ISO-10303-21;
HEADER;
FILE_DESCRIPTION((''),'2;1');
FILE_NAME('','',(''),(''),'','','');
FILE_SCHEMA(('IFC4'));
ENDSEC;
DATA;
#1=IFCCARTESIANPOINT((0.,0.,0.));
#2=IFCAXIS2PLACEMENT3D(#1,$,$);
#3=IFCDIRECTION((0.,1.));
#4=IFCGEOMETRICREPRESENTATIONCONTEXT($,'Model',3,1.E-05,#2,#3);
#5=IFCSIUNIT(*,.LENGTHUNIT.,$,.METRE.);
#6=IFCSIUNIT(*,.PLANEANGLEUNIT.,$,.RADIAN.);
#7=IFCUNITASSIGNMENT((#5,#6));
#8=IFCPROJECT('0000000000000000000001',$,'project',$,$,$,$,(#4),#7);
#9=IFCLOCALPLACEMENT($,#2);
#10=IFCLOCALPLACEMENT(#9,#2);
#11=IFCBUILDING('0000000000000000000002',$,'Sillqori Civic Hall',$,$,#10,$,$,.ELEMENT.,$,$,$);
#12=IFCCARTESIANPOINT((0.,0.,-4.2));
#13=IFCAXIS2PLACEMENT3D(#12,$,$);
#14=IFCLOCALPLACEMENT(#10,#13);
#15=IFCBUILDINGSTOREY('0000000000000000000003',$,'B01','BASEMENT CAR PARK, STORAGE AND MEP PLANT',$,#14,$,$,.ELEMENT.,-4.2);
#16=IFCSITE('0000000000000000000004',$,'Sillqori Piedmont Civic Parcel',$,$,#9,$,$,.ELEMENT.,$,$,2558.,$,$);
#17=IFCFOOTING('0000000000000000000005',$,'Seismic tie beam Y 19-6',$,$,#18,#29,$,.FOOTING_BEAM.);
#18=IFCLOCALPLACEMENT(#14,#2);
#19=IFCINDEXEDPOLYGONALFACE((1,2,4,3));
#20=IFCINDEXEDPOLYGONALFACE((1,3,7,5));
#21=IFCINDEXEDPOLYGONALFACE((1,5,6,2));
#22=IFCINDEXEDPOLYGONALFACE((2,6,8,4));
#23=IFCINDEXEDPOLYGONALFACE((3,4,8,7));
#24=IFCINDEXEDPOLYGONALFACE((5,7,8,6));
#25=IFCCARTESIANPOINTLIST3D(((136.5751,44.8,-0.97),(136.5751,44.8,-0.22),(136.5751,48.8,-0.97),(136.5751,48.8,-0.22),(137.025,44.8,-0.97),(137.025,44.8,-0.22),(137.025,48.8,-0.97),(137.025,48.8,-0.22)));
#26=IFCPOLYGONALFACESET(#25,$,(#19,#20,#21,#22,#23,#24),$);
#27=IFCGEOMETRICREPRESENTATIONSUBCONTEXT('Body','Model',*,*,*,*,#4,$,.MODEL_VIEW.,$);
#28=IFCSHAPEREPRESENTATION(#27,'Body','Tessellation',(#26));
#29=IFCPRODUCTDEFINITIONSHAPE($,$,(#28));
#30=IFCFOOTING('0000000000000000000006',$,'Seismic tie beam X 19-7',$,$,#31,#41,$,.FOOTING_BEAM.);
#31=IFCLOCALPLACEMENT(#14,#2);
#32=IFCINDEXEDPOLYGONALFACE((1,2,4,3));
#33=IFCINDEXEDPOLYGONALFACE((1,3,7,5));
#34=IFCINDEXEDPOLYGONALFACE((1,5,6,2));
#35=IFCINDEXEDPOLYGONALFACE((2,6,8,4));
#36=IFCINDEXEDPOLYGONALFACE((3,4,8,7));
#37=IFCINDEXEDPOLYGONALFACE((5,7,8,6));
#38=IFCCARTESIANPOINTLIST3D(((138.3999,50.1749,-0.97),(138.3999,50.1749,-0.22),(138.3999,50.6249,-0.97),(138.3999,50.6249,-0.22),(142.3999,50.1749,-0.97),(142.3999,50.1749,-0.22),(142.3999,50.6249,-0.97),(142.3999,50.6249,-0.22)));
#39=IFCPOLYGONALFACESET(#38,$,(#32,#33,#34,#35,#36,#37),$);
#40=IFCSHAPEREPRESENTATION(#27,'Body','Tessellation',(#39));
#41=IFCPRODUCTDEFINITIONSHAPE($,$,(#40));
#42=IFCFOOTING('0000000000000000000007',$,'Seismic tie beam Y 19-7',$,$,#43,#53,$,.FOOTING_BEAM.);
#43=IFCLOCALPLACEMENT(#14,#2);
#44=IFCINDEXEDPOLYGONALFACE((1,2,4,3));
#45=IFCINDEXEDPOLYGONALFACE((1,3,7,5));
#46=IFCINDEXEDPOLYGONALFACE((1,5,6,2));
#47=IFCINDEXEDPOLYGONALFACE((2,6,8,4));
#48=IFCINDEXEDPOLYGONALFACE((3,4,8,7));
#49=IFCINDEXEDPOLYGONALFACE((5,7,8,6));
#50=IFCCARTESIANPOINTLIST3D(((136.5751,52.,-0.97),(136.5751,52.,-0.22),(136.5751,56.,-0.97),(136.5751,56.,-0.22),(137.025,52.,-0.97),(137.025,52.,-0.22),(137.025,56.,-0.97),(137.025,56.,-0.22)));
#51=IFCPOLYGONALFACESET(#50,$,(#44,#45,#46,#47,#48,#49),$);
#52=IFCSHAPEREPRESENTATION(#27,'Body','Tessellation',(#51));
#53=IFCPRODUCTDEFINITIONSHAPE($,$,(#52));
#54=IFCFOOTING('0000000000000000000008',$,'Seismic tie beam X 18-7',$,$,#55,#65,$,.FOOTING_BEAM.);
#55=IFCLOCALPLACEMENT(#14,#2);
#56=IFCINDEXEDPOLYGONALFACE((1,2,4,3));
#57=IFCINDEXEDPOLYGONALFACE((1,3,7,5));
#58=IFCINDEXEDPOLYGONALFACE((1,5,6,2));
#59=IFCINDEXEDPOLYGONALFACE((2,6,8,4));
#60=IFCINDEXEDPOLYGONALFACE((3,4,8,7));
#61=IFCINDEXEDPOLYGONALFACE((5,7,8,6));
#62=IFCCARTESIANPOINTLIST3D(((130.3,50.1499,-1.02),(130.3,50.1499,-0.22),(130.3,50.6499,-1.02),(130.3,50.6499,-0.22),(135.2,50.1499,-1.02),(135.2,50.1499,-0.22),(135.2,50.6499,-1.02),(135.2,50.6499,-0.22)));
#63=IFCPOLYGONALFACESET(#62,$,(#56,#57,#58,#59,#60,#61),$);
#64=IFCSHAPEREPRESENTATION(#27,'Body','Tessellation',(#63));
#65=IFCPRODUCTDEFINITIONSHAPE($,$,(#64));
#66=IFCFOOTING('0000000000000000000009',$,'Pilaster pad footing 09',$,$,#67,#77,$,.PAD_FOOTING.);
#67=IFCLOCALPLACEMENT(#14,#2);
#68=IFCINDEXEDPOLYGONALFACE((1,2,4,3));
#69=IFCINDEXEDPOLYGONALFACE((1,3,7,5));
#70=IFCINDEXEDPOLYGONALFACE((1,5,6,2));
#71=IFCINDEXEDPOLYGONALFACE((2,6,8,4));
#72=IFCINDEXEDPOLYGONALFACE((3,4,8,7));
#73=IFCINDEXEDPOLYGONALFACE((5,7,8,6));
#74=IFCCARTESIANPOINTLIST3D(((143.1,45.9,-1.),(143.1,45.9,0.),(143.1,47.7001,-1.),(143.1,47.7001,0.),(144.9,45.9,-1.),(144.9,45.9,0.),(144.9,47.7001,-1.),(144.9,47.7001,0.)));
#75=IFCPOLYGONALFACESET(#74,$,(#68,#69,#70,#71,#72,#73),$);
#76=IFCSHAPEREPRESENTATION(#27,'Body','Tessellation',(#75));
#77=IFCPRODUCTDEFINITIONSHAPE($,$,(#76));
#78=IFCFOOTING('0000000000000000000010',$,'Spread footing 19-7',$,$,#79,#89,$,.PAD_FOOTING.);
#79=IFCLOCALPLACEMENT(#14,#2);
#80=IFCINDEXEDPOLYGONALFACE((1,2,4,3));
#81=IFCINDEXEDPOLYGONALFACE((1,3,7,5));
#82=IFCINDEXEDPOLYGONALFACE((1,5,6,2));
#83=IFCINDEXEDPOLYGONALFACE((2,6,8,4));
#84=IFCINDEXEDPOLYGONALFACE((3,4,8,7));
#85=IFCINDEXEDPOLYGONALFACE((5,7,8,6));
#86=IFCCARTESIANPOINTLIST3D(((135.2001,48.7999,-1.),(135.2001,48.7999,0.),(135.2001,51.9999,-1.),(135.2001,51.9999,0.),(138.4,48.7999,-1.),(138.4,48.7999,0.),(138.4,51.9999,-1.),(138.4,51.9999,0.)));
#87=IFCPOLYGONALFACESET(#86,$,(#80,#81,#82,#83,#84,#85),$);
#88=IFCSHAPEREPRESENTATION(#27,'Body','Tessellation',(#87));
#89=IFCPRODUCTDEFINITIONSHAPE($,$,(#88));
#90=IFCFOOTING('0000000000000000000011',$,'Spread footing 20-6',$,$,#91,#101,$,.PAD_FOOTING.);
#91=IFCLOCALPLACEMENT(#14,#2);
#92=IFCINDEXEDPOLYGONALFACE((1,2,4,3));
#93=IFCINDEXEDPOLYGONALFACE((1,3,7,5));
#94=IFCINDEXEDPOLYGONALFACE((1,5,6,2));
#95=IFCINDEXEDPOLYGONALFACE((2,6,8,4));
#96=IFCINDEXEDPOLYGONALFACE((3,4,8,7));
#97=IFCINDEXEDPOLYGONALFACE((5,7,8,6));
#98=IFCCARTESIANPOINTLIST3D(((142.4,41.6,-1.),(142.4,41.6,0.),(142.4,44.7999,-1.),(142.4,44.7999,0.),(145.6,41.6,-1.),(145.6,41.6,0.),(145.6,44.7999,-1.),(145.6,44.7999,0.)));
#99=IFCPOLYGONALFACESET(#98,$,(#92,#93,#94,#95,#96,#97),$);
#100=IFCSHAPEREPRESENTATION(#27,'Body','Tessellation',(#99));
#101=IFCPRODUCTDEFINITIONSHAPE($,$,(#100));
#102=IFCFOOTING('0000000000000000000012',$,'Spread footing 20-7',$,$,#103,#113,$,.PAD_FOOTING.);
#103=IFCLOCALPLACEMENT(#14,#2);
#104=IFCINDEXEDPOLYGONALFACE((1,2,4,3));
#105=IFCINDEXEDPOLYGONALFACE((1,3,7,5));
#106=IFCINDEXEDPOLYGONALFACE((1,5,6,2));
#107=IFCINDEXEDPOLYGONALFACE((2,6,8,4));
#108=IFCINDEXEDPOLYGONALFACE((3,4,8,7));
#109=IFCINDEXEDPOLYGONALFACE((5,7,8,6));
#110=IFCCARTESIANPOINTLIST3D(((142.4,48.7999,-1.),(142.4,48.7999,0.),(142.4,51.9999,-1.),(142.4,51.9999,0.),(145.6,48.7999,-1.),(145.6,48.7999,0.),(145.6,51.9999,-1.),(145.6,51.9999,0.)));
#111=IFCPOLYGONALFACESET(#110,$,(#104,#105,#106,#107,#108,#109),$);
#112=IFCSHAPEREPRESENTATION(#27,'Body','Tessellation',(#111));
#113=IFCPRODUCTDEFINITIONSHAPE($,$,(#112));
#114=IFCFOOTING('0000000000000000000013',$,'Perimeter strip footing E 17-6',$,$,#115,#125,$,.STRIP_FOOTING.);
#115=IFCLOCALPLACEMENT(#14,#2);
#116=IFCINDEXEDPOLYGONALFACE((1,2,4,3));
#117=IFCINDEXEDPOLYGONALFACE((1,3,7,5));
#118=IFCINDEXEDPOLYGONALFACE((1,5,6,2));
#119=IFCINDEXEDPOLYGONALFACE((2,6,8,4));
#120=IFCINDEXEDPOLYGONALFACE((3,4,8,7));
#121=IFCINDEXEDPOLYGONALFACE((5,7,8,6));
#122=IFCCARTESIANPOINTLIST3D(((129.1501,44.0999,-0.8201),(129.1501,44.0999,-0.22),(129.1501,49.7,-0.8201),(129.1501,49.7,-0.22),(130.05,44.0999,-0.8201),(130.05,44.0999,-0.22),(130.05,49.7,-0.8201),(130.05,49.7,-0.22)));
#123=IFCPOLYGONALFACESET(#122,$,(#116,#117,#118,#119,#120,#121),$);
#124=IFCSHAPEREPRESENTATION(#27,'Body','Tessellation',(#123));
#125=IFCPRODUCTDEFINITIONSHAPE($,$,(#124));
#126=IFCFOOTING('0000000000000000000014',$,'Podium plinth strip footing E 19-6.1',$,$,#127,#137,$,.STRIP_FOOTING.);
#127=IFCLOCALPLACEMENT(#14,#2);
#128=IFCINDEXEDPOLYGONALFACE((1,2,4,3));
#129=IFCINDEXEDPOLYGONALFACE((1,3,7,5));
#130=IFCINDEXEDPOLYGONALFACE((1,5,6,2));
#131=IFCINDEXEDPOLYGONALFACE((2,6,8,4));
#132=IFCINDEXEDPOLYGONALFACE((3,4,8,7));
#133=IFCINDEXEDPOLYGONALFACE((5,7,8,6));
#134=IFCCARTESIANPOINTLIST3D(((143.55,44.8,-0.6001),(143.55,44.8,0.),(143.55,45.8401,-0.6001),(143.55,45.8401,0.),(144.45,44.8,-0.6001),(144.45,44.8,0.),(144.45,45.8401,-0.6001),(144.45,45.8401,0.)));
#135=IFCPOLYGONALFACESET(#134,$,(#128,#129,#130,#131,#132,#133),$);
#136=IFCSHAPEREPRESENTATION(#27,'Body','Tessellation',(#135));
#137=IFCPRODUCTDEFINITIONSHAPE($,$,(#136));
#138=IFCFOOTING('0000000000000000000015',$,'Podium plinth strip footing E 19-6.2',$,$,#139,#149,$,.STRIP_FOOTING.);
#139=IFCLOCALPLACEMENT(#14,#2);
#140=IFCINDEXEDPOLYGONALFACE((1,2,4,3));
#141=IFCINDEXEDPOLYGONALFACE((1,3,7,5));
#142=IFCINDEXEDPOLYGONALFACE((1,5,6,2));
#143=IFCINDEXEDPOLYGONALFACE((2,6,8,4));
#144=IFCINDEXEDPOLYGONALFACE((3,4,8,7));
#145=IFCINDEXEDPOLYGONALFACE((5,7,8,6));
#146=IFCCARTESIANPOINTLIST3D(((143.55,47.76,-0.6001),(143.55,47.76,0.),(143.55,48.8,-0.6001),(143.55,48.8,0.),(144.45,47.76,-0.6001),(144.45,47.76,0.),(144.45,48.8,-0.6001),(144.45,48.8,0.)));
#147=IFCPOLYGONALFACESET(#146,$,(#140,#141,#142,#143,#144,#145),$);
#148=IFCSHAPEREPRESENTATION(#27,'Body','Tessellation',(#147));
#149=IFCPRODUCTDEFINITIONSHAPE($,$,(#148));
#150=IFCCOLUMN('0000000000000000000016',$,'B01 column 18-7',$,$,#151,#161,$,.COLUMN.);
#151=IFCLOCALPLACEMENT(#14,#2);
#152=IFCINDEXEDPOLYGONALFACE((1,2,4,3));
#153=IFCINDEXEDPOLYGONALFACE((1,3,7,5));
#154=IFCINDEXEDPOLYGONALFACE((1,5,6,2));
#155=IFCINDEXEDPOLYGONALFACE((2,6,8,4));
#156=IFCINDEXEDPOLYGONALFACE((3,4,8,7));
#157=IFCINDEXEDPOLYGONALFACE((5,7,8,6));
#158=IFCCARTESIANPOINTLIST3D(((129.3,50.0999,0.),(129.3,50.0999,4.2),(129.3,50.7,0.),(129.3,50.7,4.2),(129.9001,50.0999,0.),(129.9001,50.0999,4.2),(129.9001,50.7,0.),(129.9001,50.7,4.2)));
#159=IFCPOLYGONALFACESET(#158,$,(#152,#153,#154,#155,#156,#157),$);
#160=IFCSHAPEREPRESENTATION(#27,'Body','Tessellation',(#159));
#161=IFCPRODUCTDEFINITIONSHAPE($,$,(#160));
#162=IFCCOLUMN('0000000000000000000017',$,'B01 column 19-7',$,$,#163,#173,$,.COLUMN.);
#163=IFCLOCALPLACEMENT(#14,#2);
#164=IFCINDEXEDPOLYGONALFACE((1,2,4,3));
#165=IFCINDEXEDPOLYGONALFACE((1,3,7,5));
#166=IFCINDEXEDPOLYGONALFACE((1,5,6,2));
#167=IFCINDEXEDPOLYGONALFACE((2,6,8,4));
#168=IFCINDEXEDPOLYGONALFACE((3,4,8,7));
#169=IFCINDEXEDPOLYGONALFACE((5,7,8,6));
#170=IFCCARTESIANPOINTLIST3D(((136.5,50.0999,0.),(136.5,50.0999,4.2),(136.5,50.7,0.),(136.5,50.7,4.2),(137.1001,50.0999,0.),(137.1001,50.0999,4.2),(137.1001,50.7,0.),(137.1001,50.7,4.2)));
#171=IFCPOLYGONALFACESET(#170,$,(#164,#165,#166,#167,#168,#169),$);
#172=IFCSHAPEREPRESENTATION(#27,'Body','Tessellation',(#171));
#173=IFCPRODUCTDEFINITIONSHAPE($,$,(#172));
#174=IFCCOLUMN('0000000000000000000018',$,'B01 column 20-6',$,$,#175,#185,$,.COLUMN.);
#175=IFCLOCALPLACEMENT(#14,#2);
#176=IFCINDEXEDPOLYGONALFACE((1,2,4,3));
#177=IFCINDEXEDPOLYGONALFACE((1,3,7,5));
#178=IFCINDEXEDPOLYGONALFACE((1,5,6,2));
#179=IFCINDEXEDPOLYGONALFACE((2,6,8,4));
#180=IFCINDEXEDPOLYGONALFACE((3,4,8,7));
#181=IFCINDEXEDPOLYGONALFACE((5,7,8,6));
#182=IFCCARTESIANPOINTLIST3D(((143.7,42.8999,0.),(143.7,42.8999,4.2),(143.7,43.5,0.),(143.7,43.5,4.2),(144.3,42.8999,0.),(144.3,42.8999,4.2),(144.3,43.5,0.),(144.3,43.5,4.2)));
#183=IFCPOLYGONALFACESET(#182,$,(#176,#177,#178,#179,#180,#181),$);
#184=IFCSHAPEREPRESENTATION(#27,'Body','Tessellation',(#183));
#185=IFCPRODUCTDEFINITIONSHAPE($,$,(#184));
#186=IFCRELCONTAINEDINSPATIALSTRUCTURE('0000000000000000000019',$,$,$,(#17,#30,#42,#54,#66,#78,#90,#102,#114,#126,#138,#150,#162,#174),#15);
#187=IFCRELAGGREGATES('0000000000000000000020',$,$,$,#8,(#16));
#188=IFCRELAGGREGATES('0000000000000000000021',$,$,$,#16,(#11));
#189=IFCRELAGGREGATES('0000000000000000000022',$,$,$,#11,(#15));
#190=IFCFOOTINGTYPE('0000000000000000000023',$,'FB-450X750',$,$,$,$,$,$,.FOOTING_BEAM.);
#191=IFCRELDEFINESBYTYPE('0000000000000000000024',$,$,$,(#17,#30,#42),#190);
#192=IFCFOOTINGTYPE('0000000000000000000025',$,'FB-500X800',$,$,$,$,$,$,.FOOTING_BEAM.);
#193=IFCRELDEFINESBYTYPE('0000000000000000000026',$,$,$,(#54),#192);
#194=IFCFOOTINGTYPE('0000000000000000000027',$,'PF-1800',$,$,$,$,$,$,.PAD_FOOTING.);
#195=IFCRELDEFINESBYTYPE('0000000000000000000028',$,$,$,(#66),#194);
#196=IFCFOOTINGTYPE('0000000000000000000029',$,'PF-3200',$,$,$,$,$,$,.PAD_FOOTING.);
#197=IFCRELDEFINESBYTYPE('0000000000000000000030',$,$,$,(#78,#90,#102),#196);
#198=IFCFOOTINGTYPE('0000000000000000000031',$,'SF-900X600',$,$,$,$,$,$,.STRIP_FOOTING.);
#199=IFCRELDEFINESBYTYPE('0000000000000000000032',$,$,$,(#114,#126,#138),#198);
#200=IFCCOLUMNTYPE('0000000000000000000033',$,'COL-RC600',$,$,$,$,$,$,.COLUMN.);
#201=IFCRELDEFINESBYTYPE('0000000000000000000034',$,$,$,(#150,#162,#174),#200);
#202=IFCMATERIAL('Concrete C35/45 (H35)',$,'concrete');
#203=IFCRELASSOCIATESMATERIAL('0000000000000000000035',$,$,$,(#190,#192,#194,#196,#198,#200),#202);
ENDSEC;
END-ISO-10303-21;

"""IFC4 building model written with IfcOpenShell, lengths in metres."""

from ifc_helpers import new_model, si_unit, direction, frame, origin, origin_2d, place, context, subcontext, project, spatial, rectangle, extrude, material, material_profile, profile_set, type_object, element, save


model = new_model("IFC4")

# Units and contexts
model_context = context("Model", 3, precision=1e-05, world=origin(), true_north=direction((0.0, 1.0)))
body_context = subcontext(model_context, "Body", "Model", "MODEL_VIEW")
ifc_project = project(units=[si_unit("LENGTHUNIT", "METRE"), si_unit("PLANEANGLEUNIT", "RADIAN")], contexts=[model_context])

# Site, building, storey
site_placement = place(None, origin())
site = spatial("IfcSite", under=ifc_project, at=site_placement, Name="Sillqori Piedmont Civic Parcel", CompositionType="ELEMENT", RefElevation=2558.0)
building_placement = place(site_placement, origin())
building = spatial("IfcBuilding", under=site, at=building_placement, Name="Sillqori Civic Hall", CompositionType="ELEMENT")
storey_placement = place(building_placement, frame((0.0, 0.0, -4.2)))
storey = spatial("IfcBuildingStorey", under=building, at=storey_placement, Name="B01", Description="BASEMENT CAR PARK, STORAGE AND MEP PLANT", CompositionType="ELEMENT", Elevation=-4.2)

# Footings
ifc_material_1 = material(Name="Concrete C35/45 (H35)", Category="concrete")
footing_type_1 = type_object("IfcFootingType", Name="FB-450X750", PredefinedType="FOOTING_BEAM", material=ifc_material_1)
footing_1_placement = place(storey_placement, frame((136.8, 46.8, -0.97), z_axis=(0.0, 0.0, 1.0), x_axis=(1.0, 0.0, 0.0)))
element("IfcFooting", 1, at=footing_1_placement, inside=storey, type_object=footing_type_1, Name="Seismic tie beam Y 19-6", PredefinedType="FOOTING_BEAM", context=body_context, shape_type="SweptSolid", body=[
    extrude(rectangle(XDim=0.45, YDim=4.0, at=origin_2d()), origin(), (0.0, 0.0, 1.0), 0.75),
])
footing_2_placement = place(storey_placement, frame((140.3999, 50.3999, -0.97), z_axis=(0.0, 0.0, 1.0), x_axis=(1.0, 0.0, 0.0)))
element("IfcFooting", 2, at=footing_2_placement, inside=storey, type_object=footing_type_1, Name="Seismic tie beam X 19-7", PredefinedType="FOOTING_BEAM", context=body_context, shape_type="SweptSolid", body=[
    extrude(rectangle(XDim=4.0, YDim=0.45, at=origin_2d()), origin(), (0.0, 0.0, 1.0), 0.75),
])
footing_3_placement = place(storey_placement, frame((136.8, 54.0, -0.97), z_axis=(0.0, 0.0, 1.0), x_axis=(1.0, 0.0, 0.0)))
element("IfcFooting", 3, at=footing_3_placement, inside=storey, type_object=footing_type_1, Name="Seismic tie beam Y 19-7", PredefinedType="FOOTING_BEAM", context=body_context, shape_type="SweptSolid", body=[
    extrude(rectangle(XDim=0.45, YDim=4.0, at=origin_2d()), origin(), (0.0, 0.0, 1.0), 0.75),
])
footing_type_2 = type_object("IfcFootingType", Name="FB-500X800", PredefinedType="FOOTING_BEAM", material=ifc_material_1)
footing_4_placement = place(storey_placement, frame((132.75, 50.3999, -1.02), z_axis=(0.0, 0.0, 1.0), x_axis=(1.0, 0.0, 0.0)))
element("IfcFooting", 4, at=footing_4_placement, inside=storey, type_object=footing_type_2, Name="Seismic tie beam X 18-7", PredefinedType="FOOTING_BEAM", context=body_context, shape_type="SweptSolid", body=[
    extrude(rectangle(XDim=4.8999, YDim=0.5, at=origin_2d()), origin(), (0.0, 0.0, 1.0), 0.8),
])
footing_type_3 = type_object("IfcFootingType", Name="PF-1800", PredefinedType="PAD_FOOTING", material=ifc_material_1)
footing_5_placement = place(storey_placement, frame((144.0, 46.8, -1.0), z_axis=(0.0, 0.0, 1.0), x_axis=(1.0, 0.0, 0.0)))
element("IfcFooting", 5, at=footing_5_placement, inside=storey, type_object=footing_type_3, Name="Pilaster pad footing 09", PredefinedType="PAD_FOOTING", context=body_context, shape_type="SweptSolid", body=[
    extrude(rectangle(XDim=1.8, YDim=1.8, at=origin_2d()), origin(), (0.0, 0.0, 1.0), 1.0),
])
footing_type_4 = type_object("IfcFootingType", Name="PF-3200", PredefinedType="PAD_FOOTING", material=ifc_material_1)
for number, where, z_axis, x_axis, name in (
    (6, (136.8, 50.3999, -1.0), (0.0, 0.0, 1.0), (1.0, 0.0, 0.0), "Spread footing 19-7"),
    (7, (144.0, 43.2, -1.0), (0.0, 0.0, 1.0), (1.0, 0.0, 0.0), "Spread footing 20-6"),
    (8, (144.0, 50.3999, -1.0), (0.0, 0.0, 1.0), (1.0, 0.0, 0.0), "Spread footing 20-7"),
):
    element("IfcFooting", number, at=place(storey_placement, frame(where, z_axis=z_axis, x_axis=x_axis)), inside=storey, type_object=footing_type_4, Name=name, PredefinedType="PAD_FOOTING", context=body_context, shape_type="SweptSolid", body=[
        extrude(rectangle(XDim=3.2, YDim=3.2, at=origin_2d()), origin(), (0.0, 0.0, 1.0), 1.0),
    ])
footing_type_5 = type_object("IfcFootingType", Name="SF-900X600", PredefinedType="STRIP_FOOTING", material=ifc_material_1)
footing_6_placement = place(storey_placement, frame((129.6001, 46.8999, -0.8201), z_axis=(0.0, 0.0, 1.0), x_axis=(1.0, 0.0, 0.0)))
element("IfcFooting", 9, at=footing_6_placement, inside=storey, type_object=footing_type_5, Name="Perimeter strip footing E 17-6", PredefinedType="STRIP_FOOTING", context=body_context, shape_type="SweptSolid", body=[
    extrude(rectangle(XDim=0.8999, YDim=5.6001, at=origin_2d()), origin(), (0.0, 0.0, 1.0), 0.6001),
])
for number, where, z_axis, x_axis, name in (
    (10, (144.0, 45.3201, -0.6001), (0.0, 0.0, 1.0), (1.0, 0.0, 0.0), "Podium plinth strip footing E 19-6.1"),
    (11, (144.0, 48.28, -0.6001), (0.0, 0.0, 1.0), (1.0, 0.0, 0.0), "Podium plinth strip footing E 19-6.2"),
):
    element("IfcFooting", number, at=place(storey_placement, frame(where, z_axis=z_axis, x_axis=x_axis)), inside=storey, type_object=footing_type_5, Name=name, PredefinedType="STRIP_FOOTING", context=body_context, shape_type="SweptSolid", body=[
        extrude(rectangle(XDim=0.8999, YDim=1.04, at=origin_2d()), origin(), (0.0, 0.0, 1.0), 0.6001),
    ])

# Columns
ifc_material_profile_1 = material_profile(ifc_material_1, rectangle(XDim=0.6001, YDim=0.6001, at=origin_2d()), Name="RC 600x600")
ifc_profile_set_1 = profile_set([ifc_material_profile_1], Name="Concrete C35/45 (H35)")
column_type_1 = type_object("IfcColumnType", Name="COL-RC600", PredefinedType="COLUMN", material=ifc_profile_set_1)
for number, where, z_axis, x_axis, name in (
    (12, (129.6001, 50.3999, 0.0), (0.0, 0.0, 1.0), (1.0, 0.0, 0.0), "B01 column 18-7"),
    (13, (136.8, 50.3999, 0.0), (0.0, 0.0, 1.0), (1.0, 0.0, 0.0), "B01 column 19-7"),
    (14, (144.0, 43.2, 0.0), (0.0, 0.0, 1.0), (1.0, 0.0, 0.0), "B01 column 20-6"),
):
    element("IfcColumn", number, at=place(storey_placement, frame(where, z_axis=z_axis, x_axis=x_axis)), inside=storey, type_object=column_type_1, Name=name, PredefinedType="COLUMN", context=body_context, shape_type="SweptSolid", body=[
        extrude(rectangle(XDim=0.6001, YDim=0.6001, at=origin_2d()), origin(), (0.0, 0.0, 1.0), 4.2),
    ])

save(model, "model.ifc")
